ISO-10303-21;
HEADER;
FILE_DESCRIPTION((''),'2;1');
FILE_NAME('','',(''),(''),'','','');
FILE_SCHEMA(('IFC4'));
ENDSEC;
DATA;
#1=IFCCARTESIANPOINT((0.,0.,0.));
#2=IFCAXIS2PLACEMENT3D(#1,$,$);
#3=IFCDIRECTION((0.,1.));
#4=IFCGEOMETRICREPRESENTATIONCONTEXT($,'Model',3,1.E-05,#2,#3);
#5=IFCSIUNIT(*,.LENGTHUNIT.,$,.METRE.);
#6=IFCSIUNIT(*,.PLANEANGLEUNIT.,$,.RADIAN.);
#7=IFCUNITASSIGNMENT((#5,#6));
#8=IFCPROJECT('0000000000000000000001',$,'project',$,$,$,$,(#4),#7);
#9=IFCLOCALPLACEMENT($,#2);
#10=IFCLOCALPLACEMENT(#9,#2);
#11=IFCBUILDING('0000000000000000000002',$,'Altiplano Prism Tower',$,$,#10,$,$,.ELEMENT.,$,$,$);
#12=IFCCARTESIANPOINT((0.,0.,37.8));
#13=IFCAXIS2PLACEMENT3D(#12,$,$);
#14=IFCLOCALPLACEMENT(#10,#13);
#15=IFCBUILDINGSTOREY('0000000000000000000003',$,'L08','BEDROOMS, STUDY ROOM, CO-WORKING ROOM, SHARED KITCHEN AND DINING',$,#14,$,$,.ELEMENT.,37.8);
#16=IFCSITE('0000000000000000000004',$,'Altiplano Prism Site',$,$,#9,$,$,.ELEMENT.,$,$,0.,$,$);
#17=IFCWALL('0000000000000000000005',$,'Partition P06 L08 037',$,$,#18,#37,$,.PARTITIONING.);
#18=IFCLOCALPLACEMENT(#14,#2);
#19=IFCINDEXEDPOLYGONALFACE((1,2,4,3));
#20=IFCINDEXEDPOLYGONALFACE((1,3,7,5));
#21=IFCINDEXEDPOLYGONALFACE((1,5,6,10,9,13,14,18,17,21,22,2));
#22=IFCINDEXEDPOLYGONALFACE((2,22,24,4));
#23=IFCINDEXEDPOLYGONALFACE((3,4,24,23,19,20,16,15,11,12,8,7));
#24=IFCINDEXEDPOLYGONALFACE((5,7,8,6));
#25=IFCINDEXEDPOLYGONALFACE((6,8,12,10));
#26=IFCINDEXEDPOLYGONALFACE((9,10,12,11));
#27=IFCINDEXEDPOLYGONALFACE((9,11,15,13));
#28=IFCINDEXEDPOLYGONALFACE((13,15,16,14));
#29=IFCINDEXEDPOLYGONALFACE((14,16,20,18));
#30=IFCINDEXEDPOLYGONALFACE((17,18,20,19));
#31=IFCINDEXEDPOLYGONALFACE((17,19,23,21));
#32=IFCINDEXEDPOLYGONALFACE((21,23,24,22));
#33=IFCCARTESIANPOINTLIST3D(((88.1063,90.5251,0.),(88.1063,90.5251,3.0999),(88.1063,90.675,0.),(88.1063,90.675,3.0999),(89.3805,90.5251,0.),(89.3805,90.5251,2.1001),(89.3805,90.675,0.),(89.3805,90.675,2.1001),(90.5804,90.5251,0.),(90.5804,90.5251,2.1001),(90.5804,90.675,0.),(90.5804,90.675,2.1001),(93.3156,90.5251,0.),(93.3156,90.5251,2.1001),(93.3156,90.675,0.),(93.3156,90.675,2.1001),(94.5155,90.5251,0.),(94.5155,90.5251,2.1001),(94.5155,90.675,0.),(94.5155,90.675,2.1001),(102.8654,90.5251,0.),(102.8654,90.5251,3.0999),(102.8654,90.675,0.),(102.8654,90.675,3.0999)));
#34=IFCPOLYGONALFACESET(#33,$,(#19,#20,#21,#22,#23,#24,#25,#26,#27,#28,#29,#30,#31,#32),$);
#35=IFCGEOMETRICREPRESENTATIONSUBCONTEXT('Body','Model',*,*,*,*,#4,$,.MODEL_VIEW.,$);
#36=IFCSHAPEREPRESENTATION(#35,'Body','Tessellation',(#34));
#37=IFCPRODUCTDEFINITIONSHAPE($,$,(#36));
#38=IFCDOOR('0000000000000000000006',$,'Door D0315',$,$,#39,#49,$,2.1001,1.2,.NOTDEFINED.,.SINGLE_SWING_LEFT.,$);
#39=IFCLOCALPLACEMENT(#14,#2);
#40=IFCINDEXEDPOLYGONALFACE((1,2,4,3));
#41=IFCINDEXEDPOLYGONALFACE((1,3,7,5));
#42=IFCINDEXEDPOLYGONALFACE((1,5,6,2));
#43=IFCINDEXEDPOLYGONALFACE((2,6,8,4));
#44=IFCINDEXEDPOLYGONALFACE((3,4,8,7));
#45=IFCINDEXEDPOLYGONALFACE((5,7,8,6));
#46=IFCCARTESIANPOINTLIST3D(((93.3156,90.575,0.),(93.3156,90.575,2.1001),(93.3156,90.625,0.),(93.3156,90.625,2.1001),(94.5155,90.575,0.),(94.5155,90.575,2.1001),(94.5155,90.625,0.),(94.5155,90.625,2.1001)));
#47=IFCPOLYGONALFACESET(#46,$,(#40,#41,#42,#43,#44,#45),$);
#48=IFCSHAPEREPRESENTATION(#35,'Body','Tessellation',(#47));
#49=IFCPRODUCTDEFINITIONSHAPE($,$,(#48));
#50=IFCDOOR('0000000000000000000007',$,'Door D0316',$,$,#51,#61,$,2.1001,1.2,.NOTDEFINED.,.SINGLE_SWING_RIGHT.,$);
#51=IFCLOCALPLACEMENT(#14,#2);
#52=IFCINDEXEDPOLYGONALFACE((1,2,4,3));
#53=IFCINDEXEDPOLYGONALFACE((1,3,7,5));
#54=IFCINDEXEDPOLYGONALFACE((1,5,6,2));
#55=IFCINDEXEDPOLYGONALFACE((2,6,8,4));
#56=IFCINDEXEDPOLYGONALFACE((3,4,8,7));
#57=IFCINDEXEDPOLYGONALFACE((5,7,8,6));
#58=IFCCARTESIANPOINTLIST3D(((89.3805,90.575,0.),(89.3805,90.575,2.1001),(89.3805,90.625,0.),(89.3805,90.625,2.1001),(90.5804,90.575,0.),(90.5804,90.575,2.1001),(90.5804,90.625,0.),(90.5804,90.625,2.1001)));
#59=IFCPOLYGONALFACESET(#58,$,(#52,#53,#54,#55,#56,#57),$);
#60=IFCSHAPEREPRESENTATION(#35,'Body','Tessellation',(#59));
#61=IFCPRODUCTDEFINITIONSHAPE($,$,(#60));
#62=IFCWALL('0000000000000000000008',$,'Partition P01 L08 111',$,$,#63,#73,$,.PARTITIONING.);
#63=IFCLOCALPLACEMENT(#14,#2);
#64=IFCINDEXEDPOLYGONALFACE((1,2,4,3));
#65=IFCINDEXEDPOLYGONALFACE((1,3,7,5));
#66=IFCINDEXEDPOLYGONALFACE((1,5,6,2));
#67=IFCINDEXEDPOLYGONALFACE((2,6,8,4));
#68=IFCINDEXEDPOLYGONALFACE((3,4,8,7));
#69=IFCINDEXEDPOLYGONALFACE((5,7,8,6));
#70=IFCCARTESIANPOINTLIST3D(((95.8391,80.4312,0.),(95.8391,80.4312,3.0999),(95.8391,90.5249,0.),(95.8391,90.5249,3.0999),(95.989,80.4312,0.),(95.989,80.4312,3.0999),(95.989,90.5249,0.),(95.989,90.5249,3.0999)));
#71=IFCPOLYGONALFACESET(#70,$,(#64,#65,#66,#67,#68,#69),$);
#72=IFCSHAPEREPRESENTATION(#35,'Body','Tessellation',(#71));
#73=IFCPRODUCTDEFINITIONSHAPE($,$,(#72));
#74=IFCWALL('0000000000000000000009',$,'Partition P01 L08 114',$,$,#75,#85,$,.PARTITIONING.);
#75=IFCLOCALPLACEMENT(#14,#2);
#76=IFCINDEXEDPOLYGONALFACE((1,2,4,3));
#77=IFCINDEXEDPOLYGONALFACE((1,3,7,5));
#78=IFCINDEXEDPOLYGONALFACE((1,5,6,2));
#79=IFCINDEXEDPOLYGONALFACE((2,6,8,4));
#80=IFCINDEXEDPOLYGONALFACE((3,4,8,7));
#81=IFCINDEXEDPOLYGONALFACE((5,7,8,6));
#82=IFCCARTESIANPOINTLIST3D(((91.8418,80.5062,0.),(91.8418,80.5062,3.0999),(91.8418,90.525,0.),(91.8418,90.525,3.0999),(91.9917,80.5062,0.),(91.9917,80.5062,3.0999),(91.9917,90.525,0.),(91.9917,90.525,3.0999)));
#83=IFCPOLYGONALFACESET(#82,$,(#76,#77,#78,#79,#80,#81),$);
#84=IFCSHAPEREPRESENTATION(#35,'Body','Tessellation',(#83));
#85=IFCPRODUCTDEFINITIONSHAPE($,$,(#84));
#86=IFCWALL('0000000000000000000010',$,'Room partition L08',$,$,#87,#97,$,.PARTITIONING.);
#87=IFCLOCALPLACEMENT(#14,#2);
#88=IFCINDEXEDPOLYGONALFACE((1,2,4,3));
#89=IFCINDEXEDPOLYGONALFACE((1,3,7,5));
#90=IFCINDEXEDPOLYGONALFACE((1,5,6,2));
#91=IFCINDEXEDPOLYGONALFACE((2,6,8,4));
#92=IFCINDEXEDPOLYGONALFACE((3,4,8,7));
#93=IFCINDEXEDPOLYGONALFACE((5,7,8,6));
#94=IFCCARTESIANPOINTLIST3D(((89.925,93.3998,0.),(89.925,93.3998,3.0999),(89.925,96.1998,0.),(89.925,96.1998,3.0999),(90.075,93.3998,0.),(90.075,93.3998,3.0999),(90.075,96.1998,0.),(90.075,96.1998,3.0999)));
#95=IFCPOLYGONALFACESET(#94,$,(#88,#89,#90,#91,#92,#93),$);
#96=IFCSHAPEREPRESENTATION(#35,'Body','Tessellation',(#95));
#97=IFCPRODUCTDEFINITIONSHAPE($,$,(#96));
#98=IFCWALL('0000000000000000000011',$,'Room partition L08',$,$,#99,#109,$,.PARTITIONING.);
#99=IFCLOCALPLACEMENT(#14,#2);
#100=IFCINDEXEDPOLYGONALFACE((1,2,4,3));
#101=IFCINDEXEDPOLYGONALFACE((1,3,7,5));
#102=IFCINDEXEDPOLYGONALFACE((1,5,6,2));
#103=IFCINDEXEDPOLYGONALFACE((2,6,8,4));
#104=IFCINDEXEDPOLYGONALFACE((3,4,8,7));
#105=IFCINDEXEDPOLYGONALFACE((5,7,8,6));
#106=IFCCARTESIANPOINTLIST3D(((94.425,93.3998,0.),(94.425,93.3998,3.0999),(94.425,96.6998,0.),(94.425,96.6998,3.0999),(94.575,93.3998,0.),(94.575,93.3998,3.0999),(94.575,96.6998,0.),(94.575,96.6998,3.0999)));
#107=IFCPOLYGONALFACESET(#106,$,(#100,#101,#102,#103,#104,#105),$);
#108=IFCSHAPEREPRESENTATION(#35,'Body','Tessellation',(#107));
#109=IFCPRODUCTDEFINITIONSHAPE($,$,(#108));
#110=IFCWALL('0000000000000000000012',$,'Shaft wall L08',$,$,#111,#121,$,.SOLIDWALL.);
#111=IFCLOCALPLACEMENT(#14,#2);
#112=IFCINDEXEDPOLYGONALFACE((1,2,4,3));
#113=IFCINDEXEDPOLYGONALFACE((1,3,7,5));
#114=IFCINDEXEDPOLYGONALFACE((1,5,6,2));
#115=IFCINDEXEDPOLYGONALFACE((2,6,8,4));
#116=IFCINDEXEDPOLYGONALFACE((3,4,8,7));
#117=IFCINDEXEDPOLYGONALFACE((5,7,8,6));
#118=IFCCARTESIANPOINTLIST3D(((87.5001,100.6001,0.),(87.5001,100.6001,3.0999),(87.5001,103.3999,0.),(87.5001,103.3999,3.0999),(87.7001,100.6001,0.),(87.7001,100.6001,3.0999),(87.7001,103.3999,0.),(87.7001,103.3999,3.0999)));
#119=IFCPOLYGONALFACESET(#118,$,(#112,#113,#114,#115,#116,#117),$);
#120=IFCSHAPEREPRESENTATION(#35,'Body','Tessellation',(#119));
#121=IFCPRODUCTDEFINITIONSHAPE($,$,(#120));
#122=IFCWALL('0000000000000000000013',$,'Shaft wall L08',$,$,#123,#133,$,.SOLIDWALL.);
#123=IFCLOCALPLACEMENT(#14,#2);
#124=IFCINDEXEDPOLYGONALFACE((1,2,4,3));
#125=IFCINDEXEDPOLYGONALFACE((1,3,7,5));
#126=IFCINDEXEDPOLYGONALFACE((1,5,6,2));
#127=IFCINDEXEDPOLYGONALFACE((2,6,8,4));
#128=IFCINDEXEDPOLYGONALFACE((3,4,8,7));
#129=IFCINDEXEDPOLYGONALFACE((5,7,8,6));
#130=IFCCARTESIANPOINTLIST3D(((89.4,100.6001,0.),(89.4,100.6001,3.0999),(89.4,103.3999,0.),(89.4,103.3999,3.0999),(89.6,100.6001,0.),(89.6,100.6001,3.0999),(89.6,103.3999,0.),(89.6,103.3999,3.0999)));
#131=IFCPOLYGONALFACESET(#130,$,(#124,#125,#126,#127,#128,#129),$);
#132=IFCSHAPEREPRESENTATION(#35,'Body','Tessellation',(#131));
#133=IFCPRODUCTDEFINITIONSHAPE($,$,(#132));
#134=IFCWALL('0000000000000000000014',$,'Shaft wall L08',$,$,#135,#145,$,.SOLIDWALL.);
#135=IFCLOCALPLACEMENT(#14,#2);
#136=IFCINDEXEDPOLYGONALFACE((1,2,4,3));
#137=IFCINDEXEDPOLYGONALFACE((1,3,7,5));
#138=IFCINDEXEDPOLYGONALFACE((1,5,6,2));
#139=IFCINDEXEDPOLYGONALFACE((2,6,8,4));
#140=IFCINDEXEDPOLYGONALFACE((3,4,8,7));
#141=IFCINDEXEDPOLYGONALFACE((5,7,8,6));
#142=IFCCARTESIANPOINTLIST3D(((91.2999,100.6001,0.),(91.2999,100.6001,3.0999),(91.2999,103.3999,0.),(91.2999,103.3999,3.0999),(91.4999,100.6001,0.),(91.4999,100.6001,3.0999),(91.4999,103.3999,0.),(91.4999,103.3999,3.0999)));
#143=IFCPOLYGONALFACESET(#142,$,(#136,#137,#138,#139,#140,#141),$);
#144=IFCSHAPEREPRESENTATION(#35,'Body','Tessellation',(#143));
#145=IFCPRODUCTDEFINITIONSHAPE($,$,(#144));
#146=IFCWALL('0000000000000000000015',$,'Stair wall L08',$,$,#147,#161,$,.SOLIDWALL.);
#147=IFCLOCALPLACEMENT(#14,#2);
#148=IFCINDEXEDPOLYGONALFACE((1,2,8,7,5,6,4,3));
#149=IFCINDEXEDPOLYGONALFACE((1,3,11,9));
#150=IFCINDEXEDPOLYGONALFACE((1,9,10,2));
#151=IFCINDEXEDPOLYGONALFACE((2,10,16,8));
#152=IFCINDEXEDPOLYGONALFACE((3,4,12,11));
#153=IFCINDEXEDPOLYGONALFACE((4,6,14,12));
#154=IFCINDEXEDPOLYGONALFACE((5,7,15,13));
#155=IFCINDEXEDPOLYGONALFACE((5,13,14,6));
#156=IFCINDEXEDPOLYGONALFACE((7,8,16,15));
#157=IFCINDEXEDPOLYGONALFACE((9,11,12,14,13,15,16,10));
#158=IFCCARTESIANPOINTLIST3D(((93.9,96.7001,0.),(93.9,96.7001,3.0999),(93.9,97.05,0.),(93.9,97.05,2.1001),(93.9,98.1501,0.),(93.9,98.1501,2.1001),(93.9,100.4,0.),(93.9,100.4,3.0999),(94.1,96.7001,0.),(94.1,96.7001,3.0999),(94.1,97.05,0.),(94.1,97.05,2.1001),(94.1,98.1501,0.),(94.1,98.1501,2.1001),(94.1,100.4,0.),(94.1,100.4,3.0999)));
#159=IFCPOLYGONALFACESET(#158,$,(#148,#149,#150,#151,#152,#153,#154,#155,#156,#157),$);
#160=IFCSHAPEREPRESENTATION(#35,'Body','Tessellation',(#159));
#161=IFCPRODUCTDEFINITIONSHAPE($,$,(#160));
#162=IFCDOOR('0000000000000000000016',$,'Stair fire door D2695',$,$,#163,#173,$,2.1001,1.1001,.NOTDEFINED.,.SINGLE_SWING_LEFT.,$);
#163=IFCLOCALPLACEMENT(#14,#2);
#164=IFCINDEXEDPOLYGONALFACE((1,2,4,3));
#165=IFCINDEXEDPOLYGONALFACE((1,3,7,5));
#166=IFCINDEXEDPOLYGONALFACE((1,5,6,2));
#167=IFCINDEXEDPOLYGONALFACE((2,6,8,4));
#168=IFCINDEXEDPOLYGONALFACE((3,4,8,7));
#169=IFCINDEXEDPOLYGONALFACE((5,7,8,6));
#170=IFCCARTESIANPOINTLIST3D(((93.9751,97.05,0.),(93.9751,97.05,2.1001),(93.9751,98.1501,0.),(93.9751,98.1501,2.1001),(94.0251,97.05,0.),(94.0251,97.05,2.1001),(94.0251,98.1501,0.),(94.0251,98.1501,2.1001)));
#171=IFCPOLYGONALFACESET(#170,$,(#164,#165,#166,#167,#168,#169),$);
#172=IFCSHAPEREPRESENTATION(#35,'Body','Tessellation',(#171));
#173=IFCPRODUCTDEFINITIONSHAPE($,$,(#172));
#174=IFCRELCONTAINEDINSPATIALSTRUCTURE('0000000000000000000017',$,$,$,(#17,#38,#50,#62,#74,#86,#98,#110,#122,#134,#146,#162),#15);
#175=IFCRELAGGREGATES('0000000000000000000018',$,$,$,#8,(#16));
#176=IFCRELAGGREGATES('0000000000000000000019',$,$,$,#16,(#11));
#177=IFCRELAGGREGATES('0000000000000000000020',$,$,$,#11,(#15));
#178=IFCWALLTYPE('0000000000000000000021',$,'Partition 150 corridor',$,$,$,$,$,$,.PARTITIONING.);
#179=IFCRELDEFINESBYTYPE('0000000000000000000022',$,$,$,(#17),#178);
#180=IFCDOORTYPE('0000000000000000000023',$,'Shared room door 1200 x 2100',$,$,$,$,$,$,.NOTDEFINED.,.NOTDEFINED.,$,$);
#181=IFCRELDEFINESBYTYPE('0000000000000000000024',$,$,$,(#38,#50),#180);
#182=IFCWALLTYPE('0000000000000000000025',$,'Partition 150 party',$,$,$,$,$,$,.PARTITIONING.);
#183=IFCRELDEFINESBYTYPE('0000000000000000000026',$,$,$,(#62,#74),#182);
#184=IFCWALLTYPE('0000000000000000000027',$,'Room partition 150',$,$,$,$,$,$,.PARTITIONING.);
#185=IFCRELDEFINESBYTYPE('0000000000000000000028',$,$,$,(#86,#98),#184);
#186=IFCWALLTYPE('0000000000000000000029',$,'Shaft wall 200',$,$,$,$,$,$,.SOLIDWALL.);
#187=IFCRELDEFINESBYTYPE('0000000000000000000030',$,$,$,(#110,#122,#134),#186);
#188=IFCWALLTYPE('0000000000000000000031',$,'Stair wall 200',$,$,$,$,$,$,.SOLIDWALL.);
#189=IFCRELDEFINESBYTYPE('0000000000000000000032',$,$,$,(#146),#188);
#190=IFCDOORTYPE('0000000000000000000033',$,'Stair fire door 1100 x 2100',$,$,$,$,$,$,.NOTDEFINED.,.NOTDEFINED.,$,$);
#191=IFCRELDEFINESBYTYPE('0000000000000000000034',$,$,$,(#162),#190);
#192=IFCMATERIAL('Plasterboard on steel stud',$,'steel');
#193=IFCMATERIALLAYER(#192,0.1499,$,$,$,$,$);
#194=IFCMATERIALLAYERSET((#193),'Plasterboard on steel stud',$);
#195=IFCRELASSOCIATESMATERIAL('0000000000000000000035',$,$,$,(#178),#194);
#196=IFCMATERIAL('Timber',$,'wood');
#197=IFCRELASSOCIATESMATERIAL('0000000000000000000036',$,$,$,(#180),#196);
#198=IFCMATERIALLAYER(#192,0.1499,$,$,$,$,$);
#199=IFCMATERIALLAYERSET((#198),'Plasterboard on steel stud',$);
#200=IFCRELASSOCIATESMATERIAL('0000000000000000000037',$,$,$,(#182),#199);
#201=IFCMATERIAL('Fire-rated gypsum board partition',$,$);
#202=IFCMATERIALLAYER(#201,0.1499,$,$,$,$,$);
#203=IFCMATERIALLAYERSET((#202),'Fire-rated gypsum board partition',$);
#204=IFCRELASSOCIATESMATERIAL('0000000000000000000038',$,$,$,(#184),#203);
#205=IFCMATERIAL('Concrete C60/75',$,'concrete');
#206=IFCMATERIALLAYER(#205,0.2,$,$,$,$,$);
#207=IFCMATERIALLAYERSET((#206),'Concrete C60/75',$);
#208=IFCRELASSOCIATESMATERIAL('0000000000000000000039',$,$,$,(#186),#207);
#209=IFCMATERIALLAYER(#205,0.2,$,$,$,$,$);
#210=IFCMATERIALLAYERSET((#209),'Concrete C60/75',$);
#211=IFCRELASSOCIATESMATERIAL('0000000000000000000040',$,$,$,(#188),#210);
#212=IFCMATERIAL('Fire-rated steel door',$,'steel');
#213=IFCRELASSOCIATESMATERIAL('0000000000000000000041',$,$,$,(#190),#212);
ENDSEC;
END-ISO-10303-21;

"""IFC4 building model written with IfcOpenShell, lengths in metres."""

from ifc_helpers import new_model, si_unit, direction, frame, frame_2d, origin, place, context, subcontext, project, spatial, rectangle, extrude, material, layer, layer_set, type_object, element, fill, save


model = new_model("IFC4")

# Units and contexts
model_context = context("Model", 3, precision=1e-05, world=origin(), true_north=direction((0.0, 1.0)))
body_context = subcontext(model_context, "Body", "Model", "MODEL_VIEW")
ifc_project = project(units=[si_unit("LENGTHUNIT", "METRE"), si_unit("PLANEANGLEUNIT", "RADIAN")], contexts=[model_context])

# Site, building, storey
site_placement = place(None, origin())
site = spatial("IfcSite", under=ifc_project, at=site_placement, Name="Altiplano Prism Site", CompositionType="ELEMENT", RefElevation=0.0)
building_placement = place(site_placement, origin())
building = spatial("IfcBuilding", under=site, at=building_placement, Name="Altiplano Prism Tower", CompositionType="ELEMENT")
storey_placement = place(building_placement, frame((0.0, 0.0, 37.8)))
storey = spatial("IfcBuildingStorey", under=building, at=storey_placement, Name="L08", Description="BEDROOMS, STUDY ROOM, CO-WORKING ROOM, SHARED KITCHEN AND DINING", CompositionType="ELEMENT", Elevation=37.8)

# Wall, openings, doors
ifc_material_1 = material(Name="Plasterboard on steel stud", Category="steel")
ifc_layer_1 = layer(ifc_material_1, 0.1499)
ifc_layer_set_1 = layer_set([ifc_layer_1], Name="Plasterboard on steel stud")
wall_type_1 = type_object("IfcWallType", Name="Partition 150 corridor", PredefinedType="PARTITIONING", material=ifc_layer_set_1)
wall_1_placement = place(storey_placement, frame((88.1064, 90.6001, 0.0), z_axis=(0.0, 0.0, 1.0), x_axis=(1.0, 0.0, 0.0)))
wall_1 = element("IfcWall", 1, at=wall_1_placement, inside=storey, type_object=wall_type_1, Name="Partition P06 L08 037", PredefinedType="PARTITIONING", context=body_context, shape_type="SweptSolid", body=[
    extrude(rectangle(XDim=14.759, YDim=0.1499, at=frame_2d((7.3794, 0.0))), origin(), (0.0, 0.0, 1.0), 3.0999),
])
opening_1_placement = place(wall_1_placement, frame((5.209, 0.0, 0.0)))
opening_1 = element("IfcOpeningElement", 2, at=opening_1_placement, cuts=wall_1, PredefinedType="OPENING", context=body_context, shape_type="SweptSolid", body=[
    extrude(rectangle(XDim=1.2, YDim=2.1001, at=frame_2d((0.6001, 1.05))), frame((0.0, 0.0854, 0.0), z_axis=(0.0, -1.0, 0.0), x_axis=(1.0, 0.0, 0.0)), (0.0, 0.0, 1.0), 0.1709),
])
opening_2_placement = place(wall_1_placement, frame((1.2739, 0.0, 0.0)))
opening_2 = element("IfcOpeningElement", 3, at=opening_2_placement, cuts=wall_1, PredefinedType="OPENING", context=body_context, shape_type="SweptSolid", body=[
    extrude(rectangle(XDim=1.2, YDim=2.1001, at=frame_2d((0.6001, 1.05))), frame((0.0, 0.0854, 0.0), z_axis=(0.0, -1.0, 0.0), x_axis=(1.0, 0.0, 0.0)), (0.0, 0.0, 1.0), 0.1709),
])
ifc_material_2 = material(Name="Timber", Category="wood")
door_type_1 = type_object("IfcDoorType", Name="Shared room door 1200 x 2100", OperationType="NOTDEFINED", PredefinedType="NOTDEFINED", material=ifc_material_2)
door_1_placement = place(opening_1_placement, origin())
door_1 = element("IfcDoor", 4, at=door_1_placement, inside=storey, type_object=door_type_1, Name="Door D0315", OperationType="SINGLE_SWING_LEFT", OverallHeight=2.1001, OverallWidth=1.2, PredefinedType="NOTDEFINED", context=body_context, shape_type="SweptSolid", body=[
    extrude(rectangle(XDim=1.2, YDim=2.1001, at=frame_2d((0.6001, 1.05))), frame((0.0, 0.0249, 0.0), z_axis=(0.0, -1.0, 0.0), x_axis=(1.0, 0.0, 0.0)), (0.0, 0.0, 1.0), 0.05),
])
fill(opening_1, door_1)
door_2_placement = place(opening_2_placement, origin())
door_2 = element("IfcDoor", 5, at=door_2_placement, inside=storey, type_object=door_type_1, Name="Door D0316", OperationType="SINGLE_SWING_RIGHT", OverallHeight=2.1001, OverallWidth=1.2, PredefinedType="NOTDEFINED", context=body_context, shape_type="SweptSolid", body=[
    extrude(rectangle(XDim=1.2, YDim=2.1001, at=frame_2d((0.6001, 1.05))), frame((0.0, 0.0249, 0.0), z_axis=(0.0, -1.0, 0.0), x_axis=(1.0, 0.0, 0.0)), (0.0, 0.0, 1.0), 0.05),
])
fill(opening_2, door_2)

# Walls
ifc_layer_2 = layer(ifc_material_1, 0.1499)
ifc_layer_set_2 = layer_set([ifc_layer_2], Name="Plasterboard on steel stud")
wall_type_2 = type_object("IfcWallType", Name="Partition 150 party", PredefinedType="PARTITIONING", material=ifc_layer_set_2)
wall_2_placement = place(storey_placement, frame((95.9141, 90.5249, 0.0), z_axis=(0.0, 0.0, 1.0), x_axis=(0.0, -1.0, 0.0)))
element("IfcWall", 6, at=wall_2_placement, inside=storey, type_object=wall_type_2, Name="Partition P01 L08 111", PredefinedType="PARTITIONING", context=body_context, shape_type="SweptSolid", body=[
    extrude(rectangle(XDim=10.0938, YDim=0.1499, at=frame_2d((5.0469, 0.0))), origin(), (0.0, 0.0, 1.0), 3.0999),
])
wall_3_placement = place(storey_placement, frame((91.9167, 90.5249, 0.0), z_axis=(0.0, 0.0, 1.0), x_axis=(0.0, -1.0, 0.0)))
element("IfcWall", 7, at=wall_3_placement, inside=storey, type_object=wall_type_2, Name="Partition P01 L08 114", PredefinedType="PARTITIONING", context=body_context, shape_type="SweptSolid", body=[
    extrude(rectangle(XDim=10.0188, YDim=0.1499, at=frame_2d((5.0093, 0.0))), origin(), (0.0, 0.0, 1.0), 3.0999),
])
ifc_material_3 = material(Name="Fire-rated gypsum board partition")
ifc_layer_3 = layer(ifc_material_3, 0.1499)
ifc_layer_set_3 = layer_set([ifc_layer_3], Name="Fire-rated gypsum board partition")
wall_type_3 = type_object("IfcWallType", Name="Room partition 150", PredefinedType="PARTITIONING", material=ifc_layer_set_3)
wall_4_placement = place(storey_placement, frame((90.0, 93.3999, 0.0), z_axis=(0.0, 0.0, 1.0), x_axis=(0.0, 1.0, 0.0)))
element("IfcWall", 8, at=wall_4_placement, inside=storey, type_object=wall_type_3, Name="Room partition L08", PredefinedType="PARTITIONING", context=body_context, shape_type="SweptSolid", body=[
    extrude(rectangle(XDim=2.8, YDim=0.1499, at=frame_2d((1.3999, 0.0))), origin(), (0.0, 0.0, 1.0), 3.0999),
])
wall_5_placement = place(storey_placement, frame((94.5, 93.3999, 0.0), z_axis=(0.0, 0.0, 1.0), x_axis=(0.0, 1.0, 0.0)))
element("IfcWall", 9, at=wall_5_placement, inside=storey, type_object=wall_type_3, Name="Room partition L08", PredefinedType="PARTITIONING", context=body_context, shape_type="SweptSolid", body=[
    extrude(rectangle(XDim=3.3, YDim=0.1499, at=frame_2d((1.6499, 0.0))), origin(), (0.0, 0.0, 1.0), 3.0999),
])
ifc_material_4 = material(Name="Concrete C60/75", Category="concrete")
ifc_layer_4 = layer(ifc_material_4, 0.2)
ifc_layer_set_4 = layer_set([ifc_layer_4], Name="Concrete C60/75")
wall_type_4 = type_object("IfcWallType", Name="Shaft wall 200", PredefinedType="SOLIDWALL", material=ifc_layer_set_4)
for number, where, z_axis, x_axis, name in (
    (10, (87.6001, 100.6001, 0.0), (0.0, 0.0, 1.0), (0.0, 1.0, 0.0), "Shaft wall L08"),
    (11, (89.5, 100.6001, 0.0), (0.0, 0.0, 1.0), (0.0, 1.0, 0.0), "Shaft wall L08"),
    (12, (91.3999, 100.6001, 0.0), (0.0, 0.0, 1.0), (0.0, 1.0, 0.0), "Shaft wall L08"),
):
    element("IfcWall", number, at=place(storey_placement, frame(where, z_axis=z_axis, x_axis=x_axis)), inside=storey, type_object=wall_type_4, Name=name, PredefinedType="SOLIDWALL", context=body_context, shape_type="SweptSolid", body=[
        extrude(rectangle(XDim=2.7998, YDim=0.2, at=frame_2d((1.3999, 0.0))), origin(), (0.0, 0.0, 1.0), 3.0999),
    ])

# Wall, opening, door
ifc_layer_5 = layer(ifc_material_4, 0.2)
ifc_layer_set_5 = layer_set([ifc_layer_5], Name="Concrete C60/75")
wall_type_5 = type_object("IfcWallType", Name="Stair wall 200", PredefinedType="SOLIDWALL", material=ifc_layer_set_5)
wall_6_placement = place(storey_placement, frame((94.0, 96.7, 0.0), z_axis=(0.0, 0.0, 1.0), x_axis=(0.0, 1.0, 0.0)))
wall_6 = element("IfcWall", 13, at=wall_6_placement, inside=storey, type_object=wall_type_5, Name="Stair wall L08", PredefinedType="SOLIDWALL", context=body_context, shape_type="SweptSolid", body=[
    extrude(rectangle(XDim=3.7, YDim=0.2, at=frame_2d((1.8501, 0.0))), origin(), (0.0, 0.0, 1.0), 3.0999),
])
opening_3_placement = place(wall_6_placement, frame((0.3501, 0.0, 0.0)))
opening_3 = element("IfcOpeningElement", 14, at=opening_3_placement, cuts=wall_6, PredefinedType="OPENING", context=body_context, shape_type="SweptSolid", body=[
    extrude(rectangle(XDim=1.1001, YDim=2.1001, at=frame_2d((0.55, 1.05))), frame((0.0, 0.1104, 0.0), z_axis=(0.0, -1.0, 0.0), x_axis=(1.0, 0.0, 0.0)), (0.0, 0.0, 1.0), 0.2209),
])
ifc_material_5 = material(Name="Fire-rated steel door", Category="steel")
door_type_2 = type_object("IfcDoorType", Name="Stair fire door 1100 x 2100", OperationType="NOTDEFINED", PredefinedType="NOTDEFINED", material=ifc_material_5)
door_3_placement = place(opening_3_placement, origin())
door_3 = element("IfcDoor", 15, at=door_3_placement, inside=storey, type_object=door_type_2, Name="Stair fire door D2695", OperationType="SINGLE_SWING_LEFT", OverallHeight=2.1001, OverallWidth=1.1001, PredefinedType="NOTDEFINED", context=body_context, shape_type="SweptSolid", body=[
    extrude(rectangle(XDim=1.1001, YDim=2.1001, at=frame_2d((0.55, 1.05))), frame((0.0, 0.0249, 0.0), z_axis=(0.0, -1.0, 0.0), x_axis=(1.0, 0.0, 0.0)), (0.0, 0.0, 1.0), 0.05),
])
fill(opening_3, door_3)

save(model, "model.ifc")
